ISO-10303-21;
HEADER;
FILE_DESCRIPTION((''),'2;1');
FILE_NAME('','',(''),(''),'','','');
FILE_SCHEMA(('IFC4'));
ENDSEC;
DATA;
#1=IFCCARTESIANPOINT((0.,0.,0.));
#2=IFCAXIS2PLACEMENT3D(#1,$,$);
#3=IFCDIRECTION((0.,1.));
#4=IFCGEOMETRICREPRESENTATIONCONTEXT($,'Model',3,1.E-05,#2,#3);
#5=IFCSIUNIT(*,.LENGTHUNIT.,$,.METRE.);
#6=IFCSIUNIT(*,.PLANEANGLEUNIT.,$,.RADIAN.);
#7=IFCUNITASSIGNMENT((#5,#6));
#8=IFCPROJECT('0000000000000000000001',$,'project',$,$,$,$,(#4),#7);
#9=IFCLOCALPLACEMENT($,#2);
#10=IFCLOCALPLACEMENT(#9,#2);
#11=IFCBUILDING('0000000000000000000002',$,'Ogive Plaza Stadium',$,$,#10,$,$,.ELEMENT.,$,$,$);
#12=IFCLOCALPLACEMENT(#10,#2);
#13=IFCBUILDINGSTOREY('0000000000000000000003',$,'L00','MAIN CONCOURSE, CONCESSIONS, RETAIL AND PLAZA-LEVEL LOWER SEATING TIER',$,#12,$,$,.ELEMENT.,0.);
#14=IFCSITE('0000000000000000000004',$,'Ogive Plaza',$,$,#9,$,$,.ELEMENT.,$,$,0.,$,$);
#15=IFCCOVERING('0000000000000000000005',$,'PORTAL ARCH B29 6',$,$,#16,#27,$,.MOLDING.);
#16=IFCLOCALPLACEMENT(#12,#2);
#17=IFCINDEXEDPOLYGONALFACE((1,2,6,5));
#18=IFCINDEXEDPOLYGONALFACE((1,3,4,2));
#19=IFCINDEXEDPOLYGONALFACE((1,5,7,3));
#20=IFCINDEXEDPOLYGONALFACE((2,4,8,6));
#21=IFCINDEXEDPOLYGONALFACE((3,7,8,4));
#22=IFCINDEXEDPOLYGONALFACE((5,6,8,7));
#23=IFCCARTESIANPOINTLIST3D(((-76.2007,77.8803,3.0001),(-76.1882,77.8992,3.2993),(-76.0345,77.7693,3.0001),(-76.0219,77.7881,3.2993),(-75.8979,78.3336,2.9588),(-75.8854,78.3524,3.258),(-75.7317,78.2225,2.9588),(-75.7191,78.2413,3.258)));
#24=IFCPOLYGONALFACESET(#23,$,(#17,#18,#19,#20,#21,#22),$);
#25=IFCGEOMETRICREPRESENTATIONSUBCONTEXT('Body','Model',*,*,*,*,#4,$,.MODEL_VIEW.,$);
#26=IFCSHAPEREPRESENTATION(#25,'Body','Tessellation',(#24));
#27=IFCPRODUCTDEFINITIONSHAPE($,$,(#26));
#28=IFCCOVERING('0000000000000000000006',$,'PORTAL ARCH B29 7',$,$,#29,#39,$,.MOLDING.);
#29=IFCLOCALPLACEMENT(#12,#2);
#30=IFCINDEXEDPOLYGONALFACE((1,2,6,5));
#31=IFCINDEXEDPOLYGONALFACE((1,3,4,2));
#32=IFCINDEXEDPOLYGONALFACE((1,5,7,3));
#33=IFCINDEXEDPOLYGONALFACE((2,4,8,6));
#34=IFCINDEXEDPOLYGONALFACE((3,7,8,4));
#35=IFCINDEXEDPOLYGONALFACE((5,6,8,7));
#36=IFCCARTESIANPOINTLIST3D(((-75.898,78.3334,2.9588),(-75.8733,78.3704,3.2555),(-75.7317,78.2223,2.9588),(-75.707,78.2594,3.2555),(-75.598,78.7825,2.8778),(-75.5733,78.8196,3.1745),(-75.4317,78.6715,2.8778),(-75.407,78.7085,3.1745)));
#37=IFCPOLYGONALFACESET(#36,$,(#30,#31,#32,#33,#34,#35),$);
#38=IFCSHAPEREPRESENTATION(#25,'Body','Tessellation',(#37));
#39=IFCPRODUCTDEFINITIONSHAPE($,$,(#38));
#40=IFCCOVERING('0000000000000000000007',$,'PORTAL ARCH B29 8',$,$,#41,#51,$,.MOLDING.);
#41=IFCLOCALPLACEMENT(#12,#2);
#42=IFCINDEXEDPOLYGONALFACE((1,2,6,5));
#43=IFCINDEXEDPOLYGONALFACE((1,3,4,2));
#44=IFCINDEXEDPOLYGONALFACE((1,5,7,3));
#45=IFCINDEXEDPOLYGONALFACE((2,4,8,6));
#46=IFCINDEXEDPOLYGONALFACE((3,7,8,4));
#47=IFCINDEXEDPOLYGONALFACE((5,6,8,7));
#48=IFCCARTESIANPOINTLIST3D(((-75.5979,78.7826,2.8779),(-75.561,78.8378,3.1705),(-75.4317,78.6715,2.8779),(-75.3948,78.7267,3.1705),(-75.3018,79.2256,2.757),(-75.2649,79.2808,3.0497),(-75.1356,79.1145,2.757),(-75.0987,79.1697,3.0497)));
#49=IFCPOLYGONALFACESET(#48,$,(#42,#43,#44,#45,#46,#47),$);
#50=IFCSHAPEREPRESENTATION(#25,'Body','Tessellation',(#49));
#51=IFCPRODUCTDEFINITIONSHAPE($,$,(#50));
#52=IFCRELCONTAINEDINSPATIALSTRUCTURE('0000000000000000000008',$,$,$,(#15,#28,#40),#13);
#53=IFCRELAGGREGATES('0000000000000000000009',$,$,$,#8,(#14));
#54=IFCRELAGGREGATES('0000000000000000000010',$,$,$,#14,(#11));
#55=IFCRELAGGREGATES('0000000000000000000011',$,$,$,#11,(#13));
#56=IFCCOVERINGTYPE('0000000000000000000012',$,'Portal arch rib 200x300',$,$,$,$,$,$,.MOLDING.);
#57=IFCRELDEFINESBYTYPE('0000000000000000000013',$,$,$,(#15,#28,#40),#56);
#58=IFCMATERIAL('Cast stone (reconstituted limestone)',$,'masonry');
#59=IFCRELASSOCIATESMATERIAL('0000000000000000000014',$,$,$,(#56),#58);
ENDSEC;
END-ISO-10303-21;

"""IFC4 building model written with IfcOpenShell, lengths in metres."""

from ifc_helpers import new_model, si_unit, direction, frame, origin, origin_2d, place, context, subcontext, project, spatial, rectangle, extrude, material, material_profile, profile_set, type_object, element, save


model = new_model("IFC4")

# Units and contexts
model_context = context("Model", 3, precision=1e-05, world=origin(), true_north=direction((0.0, 1.0)))
body_context = subcontext(model_context, "Body", "Model", "MODEL_VIEW")
ifc_project = project(units=[si_unit("LENGTHUNIT", "METRE"), si_unit("PLANEANGLEUNIT", "RADIAN")], contexts=[model_context])

# Site, building, storey
site_placement = place(None, origin())
site = spatial("IfcSite", under=ifc_project, at=site_placement, Name="Ogive Plaza", CompositionType="ELEMENT", RefElevation=0.0)
building_placement = place(site_placement, origin())
building = spatial("IfcBuilding", under=site, at=building_placement, Name="Ogive Plaza Stadium", CompositionType="ELEMENT")
storey_placement = place(building_placement, origin())
storey = spatial("IfcBuildingStorey", under=building, at=storey_placement, Name="L00", Description="MAIN CONCOURSE, CONCESSIONS, RETAIL AND PLAZA-LEVEL LOWER SEATING TIER", CompositionType="ELEMENT", Elevation=0.0)

# Coverings
ifc_material_1 = material(Name="Cast stone (reconstituted limestone)", Category="masonry")
ifc_material_profile_1 = material_profile(ifc_material_1, rectangle(XDim=0.2, YDim=0.3, at=origin_2d()), Name="Cast stone 200x300")
ifc_profile_set_1 = profile_set([ifc_material_profile_1], Name="Cast stone (reconstituted limestone)")
covering_type = type_object("IfcCoveringType", Name="Portal arch rib 200x300", PredefinedType="MOLDING", material=ifc_profile_set_1)
covering_1_placement = place(storey_placement, frame((-76.1113, 77.8342, 3.1497), z_axis=(0.553942, 0.829125, -0.075497), x_axis=(-0.831498, 0.555527, 0.0)))
element("IfcCovering", 1, at=covering_1_placement, inside=storey, type_object=covering_type, Name="PORTAL ARCH B29 6", PredefinedType="MOLDING", context=body_context, shape_type="SweptSolid", body=[
    extrude(rectangle(XDim=0.2, YDim=0.3, at=origin_2d()), origin(), (0.0, 0.0, 1.0), 0.5466),
])
covering_2_placement = place(storey_placement, frame((-75.8025, 78.2964, 3.1072), z_axis=(0.549281, 0.822358, -0.148382), x_axis=(-0.831563, 0.55543, 0.0)))
element("IfcCovering", 2, at=covering_2_placement, inside=storey, type_object=covering_type, Name="PORTAL ARCH B29 7", PredefinedType="MOLDING", context=body_context, shape_type="SweptSolid", body=[
    extrude(rectangle(XDim=0.2, YDim=0.3, at=origin_2d()), origin(), (0.0, 0.0, 1.0), 0.5461),
])
covering_3_placement = place(storey_placement, frame((-75.4963, 78.7546, 3.0242), z_axis=(0.541895, 0.810832, -0.221136), x_axis=(-0.831415, 0.555651, 0.0)))
element("IfcCovering", 3, at=covering_3_placement, inside=storey, type_object=covering_type, Name="PORTAL ARCH B29 8", PredefinedType="MOLDING", context=body_context, shape_type="SweptSolid", body=[
    extrude(rectangle(XDim=0.2, YDim=0.3, at=origin_2d()), origin(), (0.0, 0.0, 1.0), 0.5464),
])

save(model, "model.ifc")
